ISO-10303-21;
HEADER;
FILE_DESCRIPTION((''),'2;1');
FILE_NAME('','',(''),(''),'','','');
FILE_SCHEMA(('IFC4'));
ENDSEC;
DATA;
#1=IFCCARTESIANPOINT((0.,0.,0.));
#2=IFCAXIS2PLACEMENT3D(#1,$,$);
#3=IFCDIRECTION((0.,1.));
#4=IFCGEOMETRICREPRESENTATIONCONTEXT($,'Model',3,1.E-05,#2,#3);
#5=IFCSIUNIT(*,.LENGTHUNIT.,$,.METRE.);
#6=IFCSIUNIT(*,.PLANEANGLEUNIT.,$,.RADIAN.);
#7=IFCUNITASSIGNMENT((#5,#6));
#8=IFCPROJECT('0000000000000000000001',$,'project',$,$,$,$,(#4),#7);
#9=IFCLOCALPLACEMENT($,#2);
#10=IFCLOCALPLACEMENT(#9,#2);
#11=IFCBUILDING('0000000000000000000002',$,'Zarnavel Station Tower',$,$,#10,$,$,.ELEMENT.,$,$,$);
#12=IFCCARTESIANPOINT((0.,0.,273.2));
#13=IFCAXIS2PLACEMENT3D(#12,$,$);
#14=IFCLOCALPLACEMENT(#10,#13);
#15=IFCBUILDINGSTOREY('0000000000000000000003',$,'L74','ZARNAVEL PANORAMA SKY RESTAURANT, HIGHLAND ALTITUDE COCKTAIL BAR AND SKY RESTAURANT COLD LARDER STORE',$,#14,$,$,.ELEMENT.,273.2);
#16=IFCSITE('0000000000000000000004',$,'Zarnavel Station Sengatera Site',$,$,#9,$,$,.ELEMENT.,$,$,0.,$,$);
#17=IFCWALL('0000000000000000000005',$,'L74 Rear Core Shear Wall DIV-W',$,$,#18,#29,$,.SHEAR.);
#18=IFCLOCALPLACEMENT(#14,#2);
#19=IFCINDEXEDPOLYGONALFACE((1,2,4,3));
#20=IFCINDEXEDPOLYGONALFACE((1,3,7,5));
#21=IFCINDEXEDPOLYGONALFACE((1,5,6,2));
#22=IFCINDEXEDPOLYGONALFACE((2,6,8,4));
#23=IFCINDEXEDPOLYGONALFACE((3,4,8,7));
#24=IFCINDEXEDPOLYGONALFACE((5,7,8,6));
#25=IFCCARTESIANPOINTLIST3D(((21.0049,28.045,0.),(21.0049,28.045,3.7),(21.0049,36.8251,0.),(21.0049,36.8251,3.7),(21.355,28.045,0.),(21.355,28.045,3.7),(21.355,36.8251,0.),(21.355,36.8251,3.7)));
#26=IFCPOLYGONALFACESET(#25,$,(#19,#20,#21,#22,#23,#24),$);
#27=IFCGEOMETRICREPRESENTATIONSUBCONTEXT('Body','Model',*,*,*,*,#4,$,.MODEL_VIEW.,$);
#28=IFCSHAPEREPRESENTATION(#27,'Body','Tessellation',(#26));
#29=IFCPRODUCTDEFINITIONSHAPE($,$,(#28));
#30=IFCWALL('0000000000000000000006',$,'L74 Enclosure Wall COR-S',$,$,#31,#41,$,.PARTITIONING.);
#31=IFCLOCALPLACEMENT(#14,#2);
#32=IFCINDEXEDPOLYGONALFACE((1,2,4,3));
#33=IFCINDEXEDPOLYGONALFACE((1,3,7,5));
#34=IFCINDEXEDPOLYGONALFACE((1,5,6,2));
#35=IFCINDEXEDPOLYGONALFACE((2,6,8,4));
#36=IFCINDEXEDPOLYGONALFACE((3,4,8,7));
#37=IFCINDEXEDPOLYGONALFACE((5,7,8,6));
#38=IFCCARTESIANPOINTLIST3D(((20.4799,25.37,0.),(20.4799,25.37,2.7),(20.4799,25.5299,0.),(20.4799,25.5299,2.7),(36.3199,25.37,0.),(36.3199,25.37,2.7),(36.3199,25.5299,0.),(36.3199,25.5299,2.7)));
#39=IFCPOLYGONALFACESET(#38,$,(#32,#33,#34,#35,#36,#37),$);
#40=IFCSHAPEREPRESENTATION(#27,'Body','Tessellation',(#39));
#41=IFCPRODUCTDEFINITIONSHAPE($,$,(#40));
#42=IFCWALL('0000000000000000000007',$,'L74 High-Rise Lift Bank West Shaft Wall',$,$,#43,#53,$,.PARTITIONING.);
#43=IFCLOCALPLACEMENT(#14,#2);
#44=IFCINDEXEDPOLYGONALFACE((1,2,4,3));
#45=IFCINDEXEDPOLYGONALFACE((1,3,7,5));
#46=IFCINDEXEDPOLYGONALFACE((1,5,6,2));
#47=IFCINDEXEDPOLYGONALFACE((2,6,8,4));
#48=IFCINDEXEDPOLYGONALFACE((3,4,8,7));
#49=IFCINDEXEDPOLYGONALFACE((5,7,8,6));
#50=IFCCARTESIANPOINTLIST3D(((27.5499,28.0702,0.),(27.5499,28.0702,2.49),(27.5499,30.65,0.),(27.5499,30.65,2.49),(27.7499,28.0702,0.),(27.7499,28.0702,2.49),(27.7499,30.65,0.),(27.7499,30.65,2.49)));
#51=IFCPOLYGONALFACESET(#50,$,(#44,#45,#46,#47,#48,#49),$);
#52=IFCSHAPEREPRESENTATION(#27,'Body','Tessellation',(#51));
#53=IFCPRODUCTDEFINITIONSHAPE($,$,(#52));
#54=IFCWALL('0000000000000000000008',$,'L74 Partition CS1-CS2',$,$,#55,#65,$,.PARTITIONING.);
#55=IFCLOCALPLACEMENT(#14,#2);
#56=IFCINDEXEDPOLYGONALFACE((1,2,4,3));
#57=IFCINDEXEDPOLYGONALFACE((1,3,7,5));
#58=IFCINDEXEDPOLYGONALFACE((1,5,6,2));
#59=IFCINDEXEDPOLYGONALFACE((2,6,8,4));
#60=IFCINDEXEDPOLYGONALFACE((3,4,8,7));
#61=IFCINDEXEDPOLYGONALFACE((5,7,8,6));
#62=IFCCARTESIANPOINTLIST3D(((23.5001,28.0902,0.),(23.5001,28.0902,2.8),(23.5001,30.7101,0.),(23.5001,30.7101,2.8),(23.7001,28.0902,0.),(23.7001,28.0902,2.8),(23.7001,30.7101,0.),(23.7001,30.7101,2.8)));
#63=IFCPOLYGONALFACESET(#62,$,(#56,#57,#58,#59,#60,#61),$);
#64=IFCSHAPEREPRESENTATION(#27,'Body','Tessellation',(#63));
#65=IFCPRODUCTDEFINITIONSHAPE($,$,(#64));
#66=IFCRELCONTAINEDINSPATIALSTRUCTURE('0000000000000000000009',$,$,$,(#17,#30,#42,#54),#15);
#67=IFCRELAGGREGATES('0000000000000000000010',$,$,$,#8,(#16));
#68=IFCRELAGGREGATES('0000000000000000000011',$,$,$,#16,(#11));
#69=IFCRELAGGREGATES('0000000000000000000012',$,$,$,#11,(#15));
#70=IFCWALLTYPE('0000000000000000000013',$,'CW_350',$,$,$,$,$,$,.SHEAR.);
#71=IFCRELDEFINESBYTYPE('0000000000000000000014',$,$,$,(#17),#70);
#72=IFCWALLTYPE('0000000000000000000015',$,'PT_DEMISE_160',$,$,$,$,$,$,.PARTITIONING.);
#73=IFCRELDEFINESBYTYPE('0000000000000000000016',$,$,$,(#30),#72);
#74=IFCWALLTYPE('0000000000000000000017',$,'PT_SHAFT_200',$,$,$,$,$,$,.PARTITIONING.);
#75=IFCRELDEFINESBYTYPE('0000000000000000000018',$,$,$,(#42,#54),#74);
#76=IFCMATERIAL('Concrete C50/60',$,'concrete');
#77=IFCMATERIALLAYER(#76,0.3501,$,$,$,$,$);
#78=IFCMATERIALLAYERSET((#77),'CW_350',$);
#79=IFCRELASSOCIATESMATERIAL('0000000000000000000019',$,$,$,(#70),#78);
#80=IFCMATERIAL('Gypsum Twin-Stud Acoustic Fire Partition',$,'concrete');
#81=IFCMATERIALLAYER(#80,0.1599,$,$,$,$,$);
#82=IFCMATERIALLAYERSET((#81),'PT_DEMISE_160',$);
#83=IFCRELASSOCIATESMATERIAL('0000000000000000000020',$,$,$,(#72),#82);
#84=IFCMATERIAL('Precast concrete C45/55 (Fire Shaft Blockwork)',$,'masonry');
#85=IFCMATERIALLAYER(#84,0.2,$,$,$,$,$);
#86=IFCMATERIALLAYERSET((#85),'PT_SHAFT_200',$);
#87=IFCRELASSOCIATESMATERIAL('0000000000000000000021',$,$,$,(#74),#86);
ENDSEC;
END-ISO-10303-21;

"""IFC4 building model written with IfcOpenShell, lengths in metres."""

from ifc_helpers import new_model, si_unit, direction, frame, frame_2d, origin, place, context, subcontext, project, spatial, rectangle, extrude, material, layer, layer_set, type_object, element, save


model = new_model("IFC4")

# Units and contexts
model_context = context("Model", 3, precision=1e-05, world=origin(), true_north=direction((0.0, 1.0)))
body_context = subcontext(model_context, "Body", "Model", "MODEL_VIEW")
ifc_project = project(units=[si_unit("LENGTHUNIT", "METRE"), si_unit("PLANEANGLEUNIT", "RADIAN")], contexts=[model_context])

# Site, building, storey
site_placement = place(None, origin())
site = spatial("IfcSite", under=ifc_project, at=site_placement, Name="Zarnavel Station Sengatera Site", CompositionType="ELEMENT", RefElevation=0.0)
building_placement = place(site_placement, origin())
building = spatial("IfcBuilding", under=site, at=building_placement, Name="Zarnavel Station Tower", CompositionType="ELEMENT")
storey_placement = place(building_placement, frame((0.0, 0.0, 273.2)))
storey = spatial("IfcBuildingStorey", under=building, at=storey_placement, Name="L74", Description="ZARNAVEL PANORAMA SKY RESTAURANT, HIGHLAND ALTITUDE COCKTAIL BAR AND SKY RESTAURANT COLD LARDER STORE", CompositionType="ELEMENT", Elevation=273.2)

# Wall
ifc_material_1 = material(Name="Concrete C50/60", Category="concrete")
ifc_layer_1 = layer(ifc_material_1, 0.3501)
ifc_layer_set_1 = layer_set([ifc_layer_1], Name="CW_350")
wall_type_1 = type_object("IfcWallType", Name="CW_350", PredefinedType="SHEAR", material=ifc_layer_set_1)
wall_1_placement = place(storey_placement, frame((21.1799, 28.0449, 0.0), z_axis=(0.0, 0.0, 1.0), x_axis=(0.0, 1.0, 0.0)))
element("IfcWall", 1, at=wall_1_placement, inside=storey, type_object=wall_type_1, Name="L74 Rear Core Shear Wall DIV-W", PredefinedType="SHEAR", context=body_context, shape_type="SweptSolid", body=[
    extrude(rectangle(XDim=8.78, YDim=0.3501, at=frame_2d((4.3901, 0.0))), origin(), (0.0, 0.0, 1.0), 3.7),
])

# Wall
ifc_material_2 = material(Name="Gypsum Twin-Stud Acoustic Fire Partition", Category="concrete")
ifc_layer_2 = layer(ifc_material_2, 0.1599)
ifc_layer_set_2 = layer_set([ifc_layer_2], Name="PT_DEMISE_160")
wall_type_2 = type_object("IfcWallType", Name="PT_DEMISE_160", PredefinedType="PARTITIONING", material=ifc_layer_set_2)
wall_2_placement = place(storey_placement, frame((20.48, 25.45, 0.0), z_axis=(0.0, 0.0, 1.0), x_axis=(1.0, 0.0, 0.0)))
element("IfcWall", 2, at=wall_2_placement, inside=storey, type_object=wall_type_2, Name="L74 Enclosure Wall COR-S", PredefinedType="PARTITIONING", context=body_context, shape_type="SweptSolid", body=[
    extrude(rectangle(XDim=15.8401, YDim=0.1599, at=frame_2d((7.9199, 0.0))), origin(), (0.0, 0.0, 1.0), 2.7),
])

# Shared definitions
ifc_material_3 = material(Name="Precast concrete C45/55 (Fire Shaft Blockwork)", Category="masonry")
ifc_layer_3 = layer(ifc_material_3, 0.2)
ifc_layer_set_3 = layer_set([ifc_layer_3], Name="PT_SHAFT_200")
wall_type_3 = type_object("IfcWallType", Name="PT_SHAFT_200", PredefinedType="PARTITIONING", material=ifc_layer_set_3)

# Wall
wall_3_placement = place(storey_placement, frame((27.6499, 28.0701, 0.0), z_axis=(0.0, 0.0, 1.0), x_axis=(0.0, 1.0, 0.0)))
element("IfcWall", 3, at=wall_3_placement, inside=storey, type_object=wall_type_3, Name="L74 High-Rise Lift Bank West Shaft Wall", PredefinedType="PARTITIONING", context=body_context, shape_type="SweptSolid", body=[
    extrude(rectangle(XDim=2.5798, YDim=0.2, at=frame_2d((1.29, 0.0))), origin(), (0.0, 0.0, 1.0), 2.49),
])

# Wall
wall_4_placement = place(storey_placement, frame((23.6001, 28.0901, 0.0), z_axis=(0.0, 0.0, 1.0), x_axis=(0.0, 1.0, 0.0)))
element("IfcWall", 4, at=wall_4_placement, inside=storey, type_object=wall_type_3, Name="L74 Partition CS1-CS2", PredefinedType="PARTITIONING", context=body_context, shape_type="SweptSolid", body=[
    extrude(rectangle(XDim=2.6199, YDim=0.2, at=frame_2d((1.3101, 0.0))), origin(), (0.0, 0.0, 1.0), 2.8),
])

save(model, "model.ifc")
